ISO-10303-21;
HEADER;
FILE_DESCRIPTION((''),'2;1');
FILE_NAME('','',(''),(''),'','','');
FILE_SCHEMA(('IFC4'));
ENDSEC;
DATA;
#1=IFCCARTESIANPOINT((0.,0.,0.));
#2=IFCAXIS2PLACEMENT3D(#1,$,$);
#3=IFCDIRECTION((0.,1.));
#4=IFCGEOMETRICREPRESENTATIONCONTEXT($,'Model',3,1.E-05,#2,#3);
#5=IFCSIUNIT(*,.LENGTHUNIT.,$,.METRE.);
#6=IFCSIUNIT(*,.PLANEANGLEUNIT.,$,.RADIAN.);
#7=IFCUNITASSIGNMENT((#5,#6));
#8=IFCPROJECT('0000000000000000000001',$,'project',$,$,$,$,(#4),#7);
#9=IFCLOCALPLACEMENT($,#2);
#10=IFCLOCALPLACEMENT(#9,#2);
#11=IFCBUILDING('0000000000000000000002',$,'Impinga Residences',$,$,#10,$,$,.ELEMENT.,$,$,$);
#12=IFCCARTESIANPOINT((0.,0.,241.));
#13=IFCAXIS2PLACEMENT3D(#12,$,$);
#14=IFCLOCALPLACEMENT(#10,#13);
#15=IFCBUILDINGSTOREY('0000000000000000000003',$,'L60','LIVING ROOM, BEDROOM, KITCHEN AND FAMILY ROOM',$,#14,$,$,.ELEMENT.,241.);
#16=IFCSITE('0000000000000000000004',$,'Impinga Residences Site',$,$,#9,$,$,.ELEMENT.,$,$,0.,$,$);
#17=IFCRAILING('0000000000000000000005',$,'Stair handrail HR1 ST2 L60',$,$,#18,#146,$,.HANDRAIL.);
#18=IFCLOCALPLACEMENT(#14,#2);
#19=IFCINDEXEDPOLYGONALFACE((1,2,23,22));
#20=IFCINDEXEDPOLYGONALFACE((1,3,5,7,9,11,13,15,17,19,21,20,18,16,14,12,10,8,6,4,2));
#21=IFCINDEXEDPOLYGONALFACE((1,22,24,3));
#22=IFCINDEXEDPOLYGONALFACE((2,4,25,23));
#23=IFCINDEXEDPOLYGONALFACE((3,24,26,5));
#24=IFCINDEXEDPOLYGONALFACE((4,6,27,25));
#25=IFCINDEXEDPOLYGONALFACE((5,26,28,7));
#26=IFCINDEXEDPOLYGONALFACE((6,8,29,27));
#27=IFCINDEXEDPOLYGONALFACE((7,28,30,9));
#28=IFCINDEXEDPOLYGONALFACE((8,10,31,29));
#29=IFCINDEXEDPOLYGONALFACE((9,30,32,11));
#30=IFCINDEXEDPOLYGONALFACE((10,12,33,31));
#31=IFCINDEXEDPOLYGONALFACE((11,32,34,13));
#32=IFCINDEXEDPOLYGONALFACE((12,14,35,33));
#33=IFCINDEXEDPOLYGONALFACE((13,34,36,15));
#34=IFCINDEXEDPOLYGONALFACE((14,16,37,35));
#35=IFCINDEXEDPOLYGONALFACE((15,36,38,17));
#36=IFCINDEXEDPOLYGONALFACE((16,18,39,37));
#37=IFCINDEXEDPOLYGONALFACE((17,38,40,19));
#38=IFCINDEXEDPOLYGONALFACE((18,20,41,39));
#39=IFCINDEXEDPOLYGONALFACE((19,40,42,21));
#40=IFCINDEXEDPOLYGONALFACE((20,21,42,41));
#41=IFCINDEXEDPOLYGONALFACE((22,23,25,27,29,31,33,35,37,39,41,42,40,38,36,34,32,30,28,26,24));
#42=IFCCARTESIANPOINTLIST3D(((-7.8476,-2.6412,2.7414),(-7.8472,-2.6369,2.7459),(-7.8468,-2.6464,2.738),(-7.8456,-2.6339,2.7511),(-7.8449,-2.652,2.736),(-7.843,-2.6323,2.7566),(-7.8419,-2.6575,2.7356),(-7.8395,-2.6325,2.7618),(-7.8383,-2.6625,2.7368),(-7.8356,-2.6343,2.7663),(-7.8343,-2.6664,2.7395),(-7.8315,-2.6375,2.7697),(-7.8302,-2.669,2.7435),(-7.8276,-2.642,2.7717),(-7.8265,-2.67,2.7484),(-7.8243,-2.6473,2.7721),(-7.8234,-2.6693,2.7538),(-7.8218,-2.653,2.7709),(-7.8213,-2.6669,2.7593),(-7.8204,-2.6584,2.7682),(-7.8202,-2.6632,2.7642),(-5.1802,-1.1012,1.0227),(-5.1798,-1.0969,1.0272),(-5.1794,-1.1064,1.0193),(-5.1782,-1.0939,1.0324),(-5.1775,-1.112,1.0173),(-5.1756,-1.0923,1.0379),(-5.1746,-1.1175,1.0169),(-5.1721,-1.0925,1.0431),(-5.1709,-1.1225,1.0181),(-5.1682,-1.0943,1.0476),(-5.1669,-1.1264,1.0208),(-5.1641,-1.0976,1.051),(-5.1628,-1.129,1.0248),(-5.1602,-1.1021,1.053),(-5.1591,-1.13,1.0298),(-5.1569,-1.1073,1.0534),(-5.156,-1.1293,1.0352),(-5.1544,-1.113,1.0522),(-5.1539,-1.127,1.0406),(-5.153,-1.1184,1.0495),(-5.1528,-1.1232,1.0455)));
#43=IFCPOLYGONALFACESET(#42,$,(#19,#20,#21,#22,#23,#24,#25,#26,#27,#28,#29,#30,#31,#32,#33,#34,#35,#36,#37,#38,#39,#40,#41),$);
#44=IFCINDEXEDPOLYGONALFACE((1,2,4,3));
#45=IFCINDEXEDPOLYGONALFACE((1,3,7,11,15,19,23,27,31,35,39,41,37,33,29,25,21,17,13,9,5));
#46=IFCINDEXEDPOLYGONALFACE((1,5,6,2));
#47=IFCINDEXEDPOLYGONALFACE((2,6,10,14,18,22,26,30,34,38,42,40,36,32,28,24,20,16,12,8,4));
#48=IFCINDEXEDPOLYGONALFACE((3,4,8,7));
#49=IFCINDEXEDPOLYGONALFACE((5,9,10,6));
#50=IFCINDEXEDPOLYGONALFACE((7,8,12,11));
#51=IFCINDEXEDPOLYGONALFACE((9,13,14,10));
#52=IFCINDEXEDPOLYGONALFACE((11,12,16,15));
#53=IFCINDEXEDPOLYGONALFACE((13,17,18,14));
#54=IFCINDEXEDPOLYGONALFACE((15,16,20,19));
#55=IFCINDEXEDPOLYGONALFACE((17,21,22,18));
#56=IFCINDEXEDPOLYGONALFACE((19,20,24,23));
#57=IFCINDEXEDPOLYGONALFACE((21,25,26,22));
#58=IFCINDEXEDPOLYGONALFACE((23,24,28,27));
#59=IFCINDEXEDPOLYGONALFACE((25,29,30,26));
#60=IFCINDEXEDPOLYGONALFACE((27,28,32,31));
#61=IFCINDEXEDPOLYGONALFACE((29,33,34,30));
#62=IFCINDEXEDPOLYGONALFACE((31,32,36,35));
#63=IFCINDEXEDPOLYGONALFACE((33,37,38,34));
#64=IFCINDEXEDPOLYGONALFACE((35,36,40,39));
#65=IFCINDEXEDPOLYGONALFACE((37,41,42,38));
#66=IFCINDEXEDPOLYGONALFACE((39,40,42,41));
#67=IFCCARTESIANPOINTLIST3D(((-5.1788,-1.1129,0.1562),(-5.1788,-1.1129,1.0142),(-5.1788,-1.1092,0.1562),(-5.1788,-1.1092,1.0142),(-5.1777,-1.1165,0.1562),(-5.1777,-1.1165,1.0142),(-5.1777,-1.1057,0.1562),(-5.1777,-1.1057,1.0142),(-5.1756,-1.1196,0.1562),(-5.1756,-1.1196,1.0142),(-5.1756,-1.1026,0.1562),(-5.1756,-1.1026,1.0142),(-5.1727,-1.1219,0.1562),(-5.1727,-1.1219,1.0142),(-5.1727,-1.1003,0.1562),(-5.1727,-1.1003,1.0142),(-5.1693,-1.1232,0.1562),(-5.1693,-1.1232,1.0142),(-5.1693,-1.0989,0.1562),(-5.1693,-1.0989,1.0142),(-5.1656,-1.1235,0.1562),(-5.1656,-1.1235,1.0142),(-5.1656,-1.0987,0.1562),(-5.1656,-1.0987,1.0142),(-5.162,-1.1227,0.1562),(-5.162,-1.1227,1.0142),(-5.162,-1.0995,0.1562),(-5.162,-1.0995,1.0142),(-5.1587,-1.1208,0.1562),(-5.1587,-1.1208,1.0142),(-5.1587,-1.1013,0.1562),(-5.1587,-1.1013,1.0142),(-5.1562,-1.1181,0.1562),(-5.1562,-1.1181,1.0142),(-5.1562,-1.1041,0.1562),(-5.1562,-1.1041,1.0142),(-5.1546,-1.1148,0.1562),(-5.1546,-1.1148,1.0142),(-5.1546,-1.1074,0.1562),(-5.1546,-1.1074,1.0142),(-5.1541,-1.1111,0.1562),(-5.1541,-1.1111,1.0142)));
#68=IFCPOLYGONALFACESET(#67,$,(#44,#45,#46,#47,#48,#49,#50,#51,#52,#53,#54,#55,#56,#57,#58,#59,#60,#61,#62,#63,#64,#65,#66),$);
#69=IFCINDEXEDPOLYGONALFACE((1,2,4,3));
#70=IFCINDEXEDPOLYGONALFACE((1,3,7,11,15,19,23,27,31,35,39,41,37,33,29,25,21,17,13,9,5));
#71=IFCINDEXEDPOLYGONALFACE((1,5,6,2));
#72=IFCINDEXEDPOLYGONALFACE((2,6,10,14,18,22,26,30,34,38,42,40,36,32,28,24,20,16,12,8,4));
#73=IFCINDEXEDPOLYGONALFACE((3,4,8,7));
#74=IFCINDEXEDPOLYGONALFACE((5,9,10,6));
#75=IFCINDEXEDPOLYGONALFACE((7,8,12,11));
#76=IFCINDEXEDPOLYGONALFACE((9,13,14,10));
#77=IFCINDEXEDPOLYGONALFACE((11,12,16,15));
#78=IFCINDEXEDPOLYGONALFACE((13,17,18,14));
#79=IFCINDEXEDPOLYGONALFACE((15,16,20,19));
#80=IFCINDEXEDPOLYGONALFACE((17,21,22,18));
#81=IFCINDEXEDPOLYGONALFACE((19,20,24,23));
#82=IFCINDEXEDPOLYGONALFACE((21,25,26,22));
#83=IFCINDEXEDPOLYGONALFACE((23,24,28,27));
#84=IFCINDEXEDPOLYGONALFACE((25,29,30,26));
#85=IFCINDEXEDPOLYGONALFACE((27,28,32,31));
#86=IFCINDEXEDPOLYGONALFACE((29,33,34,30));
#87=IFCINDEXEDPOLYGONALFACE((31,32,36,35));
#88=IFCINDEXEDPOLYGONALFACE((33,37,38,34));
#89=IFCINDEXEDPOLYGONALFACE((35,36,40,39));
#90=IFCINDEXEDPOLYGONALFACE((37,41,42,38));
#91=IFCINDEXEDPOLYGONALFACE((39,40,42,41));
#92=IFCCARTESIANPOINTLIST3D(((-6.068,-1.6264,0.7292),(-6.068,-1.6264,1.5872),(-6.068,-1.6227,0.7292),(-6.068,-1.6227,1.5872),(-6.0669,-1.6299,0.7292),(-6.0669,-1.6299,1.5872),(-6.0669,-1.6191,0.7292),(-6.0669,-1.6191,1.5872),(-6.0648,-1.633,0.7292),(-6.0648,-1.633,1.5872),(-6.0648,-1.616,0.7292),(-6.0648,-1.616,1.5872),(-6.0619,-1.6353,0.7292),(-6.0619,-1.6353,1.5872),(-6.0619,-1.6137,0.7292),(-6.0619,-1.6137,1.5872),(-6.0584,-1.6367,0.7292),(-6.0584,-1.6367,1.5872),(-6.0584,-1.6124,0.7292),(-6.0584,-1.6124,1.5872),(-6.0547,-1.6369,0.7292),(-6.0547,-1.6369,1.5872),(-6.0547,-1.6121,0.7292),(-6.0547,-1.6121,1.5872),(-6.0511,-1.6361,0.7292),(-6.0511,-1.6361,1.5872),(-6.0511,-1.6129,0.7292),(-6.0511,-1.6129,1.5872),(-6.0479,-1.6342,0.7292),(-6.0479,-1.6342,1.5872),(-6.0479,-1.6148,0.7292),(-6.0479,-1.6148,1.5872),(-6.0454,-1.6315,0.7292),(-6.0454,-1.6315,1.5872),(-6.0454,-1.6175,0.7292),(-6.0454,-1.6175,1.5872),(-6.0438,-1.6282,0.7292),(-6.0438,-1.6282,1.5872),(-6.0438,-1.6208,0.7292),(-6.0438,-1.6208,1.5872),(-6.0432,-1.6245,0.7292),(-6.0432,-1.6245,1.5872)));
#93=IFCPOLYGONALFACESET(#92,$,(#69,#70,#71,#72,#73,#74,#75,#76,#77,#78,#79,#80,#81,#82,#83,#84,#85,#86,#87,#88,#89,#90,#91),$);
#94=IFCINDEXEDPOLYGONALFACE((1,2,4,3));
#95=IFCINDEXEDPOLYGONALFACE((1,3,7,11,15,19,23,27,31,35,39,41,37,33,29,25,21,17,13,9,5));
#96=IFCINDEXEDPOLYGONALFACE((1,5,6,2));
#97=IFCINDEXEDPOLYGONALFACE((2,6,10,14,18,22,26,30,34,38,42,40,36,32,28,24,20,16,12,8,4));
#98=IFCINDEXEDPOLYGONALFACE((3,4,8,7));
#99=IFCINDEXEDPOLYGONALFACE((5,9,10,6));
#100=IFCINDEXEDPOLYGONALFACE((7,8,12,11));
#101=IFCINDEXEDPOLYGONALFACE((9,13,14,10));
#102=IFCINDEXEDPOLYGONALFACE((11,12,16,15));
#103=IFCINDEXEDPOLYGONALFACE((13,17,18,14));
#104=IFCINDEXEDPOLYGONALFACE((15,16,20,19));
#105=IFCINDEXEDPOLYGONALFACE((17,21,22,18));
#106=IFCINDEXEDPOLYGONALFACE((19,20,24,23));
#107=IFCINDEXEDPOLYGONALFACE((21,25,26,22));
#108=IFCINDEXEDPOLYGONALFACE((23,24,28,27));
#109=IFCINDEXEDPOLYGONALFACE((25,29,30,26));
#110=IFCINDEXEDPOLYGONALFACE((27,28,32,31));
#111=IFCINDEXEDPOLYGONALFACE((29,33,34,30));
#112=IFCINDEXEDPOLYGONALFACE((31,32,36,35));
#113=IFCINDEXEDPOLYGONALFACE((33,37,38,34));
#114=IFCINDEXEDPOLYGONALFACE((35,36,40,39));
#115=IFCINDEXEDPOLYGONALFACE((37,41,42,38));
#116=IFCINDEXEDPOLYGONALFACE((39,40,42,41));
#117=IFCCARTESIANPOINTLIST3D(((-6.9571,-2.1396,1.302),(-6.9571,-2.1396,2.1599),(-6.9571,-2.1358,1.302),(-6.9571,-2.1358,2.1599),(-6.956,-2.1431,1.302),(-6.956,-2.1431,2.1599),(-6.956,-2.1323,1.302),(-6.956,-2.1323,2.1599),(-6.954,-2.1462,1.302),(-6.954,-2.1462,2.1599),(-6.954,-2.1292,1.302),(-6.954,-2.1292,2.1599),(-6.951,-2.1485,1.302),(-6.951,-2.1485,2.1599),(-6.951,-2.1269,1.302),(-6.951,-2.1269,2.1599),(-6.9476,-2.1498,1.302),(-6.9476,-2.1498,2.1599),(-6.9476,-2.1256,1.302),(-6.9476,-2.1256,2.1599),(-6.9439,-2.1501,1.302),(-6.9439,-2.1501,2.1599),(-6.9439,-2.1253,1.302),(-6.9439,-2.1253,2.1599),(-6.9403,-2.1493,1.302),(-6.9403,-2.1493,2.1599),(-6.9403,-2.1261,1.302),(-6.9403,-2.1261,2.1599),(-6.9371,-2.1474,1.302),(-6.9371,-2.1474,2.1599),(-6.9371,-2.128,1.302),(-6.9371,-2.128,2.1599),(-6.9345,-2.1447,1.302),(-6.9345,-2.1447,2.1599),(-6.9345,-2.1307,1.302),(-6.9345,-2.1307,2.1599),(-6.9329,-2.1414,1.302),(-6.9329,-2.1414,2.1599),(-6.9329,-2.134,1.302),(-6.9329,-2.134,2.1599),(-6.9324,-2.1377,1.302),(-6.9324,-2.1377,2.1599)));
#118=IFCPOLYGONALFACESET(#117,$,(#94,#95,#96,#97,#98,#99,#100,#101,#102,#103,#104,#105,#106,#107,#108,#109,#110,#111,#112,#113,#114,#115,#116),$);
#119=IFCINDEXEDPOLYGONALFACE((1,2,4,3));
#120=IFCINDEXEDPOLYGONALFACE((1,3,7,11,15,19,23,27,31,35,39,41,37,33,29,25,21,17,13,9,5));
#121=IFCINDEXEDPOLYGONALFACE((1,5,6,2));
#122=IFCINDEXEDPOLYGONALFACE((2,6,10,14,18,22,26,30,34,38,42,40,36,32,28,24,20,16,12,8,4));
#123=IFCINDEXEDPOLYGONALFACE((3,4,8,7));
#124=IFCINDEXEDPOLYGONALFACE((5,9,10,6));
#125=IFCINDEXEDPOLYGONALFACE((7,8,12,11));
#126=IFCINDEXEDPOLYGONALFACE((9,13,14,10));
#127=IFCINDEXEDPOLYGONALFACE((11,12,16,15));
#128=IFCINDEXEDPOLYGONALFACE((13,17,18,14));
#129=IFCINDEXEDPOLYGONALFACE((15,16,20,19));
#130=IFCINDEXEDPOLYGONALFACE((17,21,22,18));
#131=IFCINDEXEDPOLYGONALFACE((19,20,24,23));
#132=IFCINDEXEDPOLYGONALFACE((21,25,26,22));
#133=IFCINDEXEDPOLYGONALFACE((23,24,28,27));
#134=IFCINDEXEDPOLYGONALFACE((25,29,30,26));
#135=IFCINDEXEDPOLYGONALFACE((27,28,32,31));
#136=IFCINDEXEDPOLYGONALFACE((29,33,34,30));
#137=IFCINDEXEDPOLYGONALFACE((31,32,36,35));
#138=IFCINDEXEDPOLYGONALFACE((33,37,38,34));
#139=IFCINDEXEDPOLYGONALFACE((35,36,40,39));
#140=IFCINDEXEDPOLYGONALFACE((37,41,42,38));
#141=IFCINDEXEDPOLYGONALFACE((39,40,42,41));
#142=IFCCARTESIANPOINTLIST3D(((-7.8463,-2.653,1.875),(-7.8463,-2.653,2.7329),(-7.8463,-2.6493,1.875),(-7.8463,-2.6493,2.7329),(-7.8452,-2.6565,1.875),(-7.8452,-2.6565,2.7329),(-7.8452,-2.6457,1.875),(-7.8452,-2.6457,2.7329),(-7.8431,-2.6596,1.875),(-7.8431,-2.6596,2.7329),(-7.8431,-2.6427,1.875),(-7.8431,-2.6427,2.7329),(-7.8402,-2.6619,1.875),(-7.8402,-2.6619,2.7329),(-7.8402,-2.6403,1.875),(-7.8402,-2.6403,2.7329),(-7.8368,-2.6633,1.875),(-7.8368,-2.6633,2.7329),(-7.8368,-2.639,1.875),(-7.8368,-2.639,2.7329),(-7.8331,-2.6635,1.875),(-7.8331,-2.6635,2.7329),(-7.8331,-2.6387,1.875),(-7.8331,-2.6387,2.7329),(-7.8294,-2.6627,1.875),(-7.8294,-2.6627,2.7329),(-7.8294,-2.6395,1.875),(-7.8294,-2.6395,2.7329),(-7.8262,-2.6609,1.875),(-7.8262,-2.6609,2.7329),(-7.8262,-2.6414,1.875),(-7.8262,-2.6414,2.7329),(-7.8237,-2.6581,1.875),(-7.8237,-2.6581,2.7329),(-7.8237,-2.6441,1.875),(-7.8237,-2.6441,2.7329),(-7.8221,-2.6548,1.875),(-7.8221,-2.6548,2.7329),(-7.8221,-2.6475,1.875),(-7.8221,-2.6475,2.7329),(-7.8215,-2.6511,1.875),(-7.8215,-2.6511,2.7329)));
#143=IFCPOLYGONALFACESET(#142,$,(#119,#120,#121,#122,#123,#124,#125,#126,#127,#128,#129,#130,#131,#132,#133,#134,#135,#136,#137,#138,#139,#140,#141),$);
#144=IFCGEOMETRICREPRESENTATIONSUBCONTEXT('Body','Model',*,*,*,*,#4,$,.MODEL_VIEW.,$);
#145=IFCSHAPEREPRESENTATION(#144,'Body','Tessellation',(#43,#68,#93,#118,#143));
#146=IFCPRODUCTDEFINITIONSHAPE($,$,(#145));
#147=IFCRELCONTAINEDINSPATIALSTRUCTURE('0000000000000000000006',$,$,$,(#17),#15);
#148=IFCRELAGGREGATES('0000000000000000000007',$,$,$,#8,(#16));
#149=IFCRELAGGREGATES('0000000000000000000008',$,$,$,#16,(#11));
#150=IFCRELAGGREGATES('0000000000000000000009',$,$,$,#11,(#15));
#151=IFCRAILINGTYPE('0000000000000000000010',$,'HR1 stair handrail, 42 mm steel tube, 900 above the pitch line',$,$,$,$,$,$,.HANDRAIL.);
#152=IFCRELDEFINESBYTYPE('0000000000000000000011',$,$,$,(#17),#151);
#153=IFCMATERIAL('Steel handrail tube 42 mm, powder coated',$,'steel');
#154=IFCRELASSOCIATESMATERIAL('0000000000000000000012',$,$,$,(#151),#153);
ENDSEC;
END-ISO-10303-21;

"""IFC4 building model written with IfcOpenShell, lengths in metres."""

from ifc_helpers import new_model, si_unit, direction, frame, origin, origin_2d, place, context, subcontext, project, spatial, circle, extrude, material, type_object, element, save


model = new_model("IFC4")

# Units and contexts
model_context = context("Model", 3, precision=1e-05, world=origin(), true_north=direction((0.0, 1.0)))
body_context = subcontext(model_context, "Body", "Model", "MODEL_VIEW")
ifc_project = project(units=[si_unit("LENGTHUNIT", "METRE"), si_unit("PLANEANGLEUNIT", "RADIAN")], contexts=[model_context])

# Site, building, storey
site_placement = place(None, origin())
site = spatial("IfcSite", under=ifc_project, at=site_placement, Name="Impinga Residences Site", CompositionType="ELEMENT", RefElevation=0.0)
building_placement = place(site_placement, origin())
building = spatial("IfcBuilding", under=site, at=building_placement, Name="Impinga Residences", CompositionType="ELEMENT")
storey_placement = place(building_placement, frame((0.0, 0.0, 241.0)))
storey = spatial("IfcBuildingStorey", under=building, at=storey_placement, Name="L60", Description="LIVING ROOM, BEDROOM, KITCHEN AND FAMILY ROOM", CompositionType="ELEMENT", Elevation=241.0)

# Railing
ifc_material_1 = material(Name="Steel handrail tube 42 mm, powder coated", Category="steel")
railing_type_1 = type_object("IfcRailingType", Name="HR1 stair handrail, 42 mm steel tube, 900 above the pitch line", PredefinedType="HANDRAIL", material=ifc_material_1)
railing_1_placement = place(storey_placement, frame((-5.1665, -1.1111, 0.1562)))
element("IfcRailing", 1, at=railing_1_placement, inside=storey, type_object=railing_type_1, Name="Stair handrail HR1 ST2 L60", PredefinedType="HANDRAIL", context=body_context, shape_type="SweptSolid", body=[
    extrude(circle(Radius=0.021, at=origin_2d()), frame((0.0, 0.0, 0.8789), z_axis=(-0.756256, -0.436616, 0.487282), x_axis=(0.499992, -0.86603, 0.0)), (0.0, 0.0, 1.0), 3.5271),
    extrude(circle(Radius=0.0125, at=origin_2d()), origin(), (0.0, 0.0, 1.0), 0.8579),
    extrude(circle(Radius=0.0125, at=origin_2d()), frame((-0.8892, -0.5134, 0.573)), (0.0, 0.0, 1.0), 0.8579),
    extrude(circle(Radius=0.0125, at=origin_2d()), frame((-1.7783, -1.0266, 1.1458)), (0.0, 0.0, 1.0), 0.8579),
    extrude(circle(Radius=0.0125, at=origin_2d()), frame((-2.6675, -1.54, 1.7188)), (0.0, 0.0, 1.0), 0.8579),
])

save(model, "model.ifc")
